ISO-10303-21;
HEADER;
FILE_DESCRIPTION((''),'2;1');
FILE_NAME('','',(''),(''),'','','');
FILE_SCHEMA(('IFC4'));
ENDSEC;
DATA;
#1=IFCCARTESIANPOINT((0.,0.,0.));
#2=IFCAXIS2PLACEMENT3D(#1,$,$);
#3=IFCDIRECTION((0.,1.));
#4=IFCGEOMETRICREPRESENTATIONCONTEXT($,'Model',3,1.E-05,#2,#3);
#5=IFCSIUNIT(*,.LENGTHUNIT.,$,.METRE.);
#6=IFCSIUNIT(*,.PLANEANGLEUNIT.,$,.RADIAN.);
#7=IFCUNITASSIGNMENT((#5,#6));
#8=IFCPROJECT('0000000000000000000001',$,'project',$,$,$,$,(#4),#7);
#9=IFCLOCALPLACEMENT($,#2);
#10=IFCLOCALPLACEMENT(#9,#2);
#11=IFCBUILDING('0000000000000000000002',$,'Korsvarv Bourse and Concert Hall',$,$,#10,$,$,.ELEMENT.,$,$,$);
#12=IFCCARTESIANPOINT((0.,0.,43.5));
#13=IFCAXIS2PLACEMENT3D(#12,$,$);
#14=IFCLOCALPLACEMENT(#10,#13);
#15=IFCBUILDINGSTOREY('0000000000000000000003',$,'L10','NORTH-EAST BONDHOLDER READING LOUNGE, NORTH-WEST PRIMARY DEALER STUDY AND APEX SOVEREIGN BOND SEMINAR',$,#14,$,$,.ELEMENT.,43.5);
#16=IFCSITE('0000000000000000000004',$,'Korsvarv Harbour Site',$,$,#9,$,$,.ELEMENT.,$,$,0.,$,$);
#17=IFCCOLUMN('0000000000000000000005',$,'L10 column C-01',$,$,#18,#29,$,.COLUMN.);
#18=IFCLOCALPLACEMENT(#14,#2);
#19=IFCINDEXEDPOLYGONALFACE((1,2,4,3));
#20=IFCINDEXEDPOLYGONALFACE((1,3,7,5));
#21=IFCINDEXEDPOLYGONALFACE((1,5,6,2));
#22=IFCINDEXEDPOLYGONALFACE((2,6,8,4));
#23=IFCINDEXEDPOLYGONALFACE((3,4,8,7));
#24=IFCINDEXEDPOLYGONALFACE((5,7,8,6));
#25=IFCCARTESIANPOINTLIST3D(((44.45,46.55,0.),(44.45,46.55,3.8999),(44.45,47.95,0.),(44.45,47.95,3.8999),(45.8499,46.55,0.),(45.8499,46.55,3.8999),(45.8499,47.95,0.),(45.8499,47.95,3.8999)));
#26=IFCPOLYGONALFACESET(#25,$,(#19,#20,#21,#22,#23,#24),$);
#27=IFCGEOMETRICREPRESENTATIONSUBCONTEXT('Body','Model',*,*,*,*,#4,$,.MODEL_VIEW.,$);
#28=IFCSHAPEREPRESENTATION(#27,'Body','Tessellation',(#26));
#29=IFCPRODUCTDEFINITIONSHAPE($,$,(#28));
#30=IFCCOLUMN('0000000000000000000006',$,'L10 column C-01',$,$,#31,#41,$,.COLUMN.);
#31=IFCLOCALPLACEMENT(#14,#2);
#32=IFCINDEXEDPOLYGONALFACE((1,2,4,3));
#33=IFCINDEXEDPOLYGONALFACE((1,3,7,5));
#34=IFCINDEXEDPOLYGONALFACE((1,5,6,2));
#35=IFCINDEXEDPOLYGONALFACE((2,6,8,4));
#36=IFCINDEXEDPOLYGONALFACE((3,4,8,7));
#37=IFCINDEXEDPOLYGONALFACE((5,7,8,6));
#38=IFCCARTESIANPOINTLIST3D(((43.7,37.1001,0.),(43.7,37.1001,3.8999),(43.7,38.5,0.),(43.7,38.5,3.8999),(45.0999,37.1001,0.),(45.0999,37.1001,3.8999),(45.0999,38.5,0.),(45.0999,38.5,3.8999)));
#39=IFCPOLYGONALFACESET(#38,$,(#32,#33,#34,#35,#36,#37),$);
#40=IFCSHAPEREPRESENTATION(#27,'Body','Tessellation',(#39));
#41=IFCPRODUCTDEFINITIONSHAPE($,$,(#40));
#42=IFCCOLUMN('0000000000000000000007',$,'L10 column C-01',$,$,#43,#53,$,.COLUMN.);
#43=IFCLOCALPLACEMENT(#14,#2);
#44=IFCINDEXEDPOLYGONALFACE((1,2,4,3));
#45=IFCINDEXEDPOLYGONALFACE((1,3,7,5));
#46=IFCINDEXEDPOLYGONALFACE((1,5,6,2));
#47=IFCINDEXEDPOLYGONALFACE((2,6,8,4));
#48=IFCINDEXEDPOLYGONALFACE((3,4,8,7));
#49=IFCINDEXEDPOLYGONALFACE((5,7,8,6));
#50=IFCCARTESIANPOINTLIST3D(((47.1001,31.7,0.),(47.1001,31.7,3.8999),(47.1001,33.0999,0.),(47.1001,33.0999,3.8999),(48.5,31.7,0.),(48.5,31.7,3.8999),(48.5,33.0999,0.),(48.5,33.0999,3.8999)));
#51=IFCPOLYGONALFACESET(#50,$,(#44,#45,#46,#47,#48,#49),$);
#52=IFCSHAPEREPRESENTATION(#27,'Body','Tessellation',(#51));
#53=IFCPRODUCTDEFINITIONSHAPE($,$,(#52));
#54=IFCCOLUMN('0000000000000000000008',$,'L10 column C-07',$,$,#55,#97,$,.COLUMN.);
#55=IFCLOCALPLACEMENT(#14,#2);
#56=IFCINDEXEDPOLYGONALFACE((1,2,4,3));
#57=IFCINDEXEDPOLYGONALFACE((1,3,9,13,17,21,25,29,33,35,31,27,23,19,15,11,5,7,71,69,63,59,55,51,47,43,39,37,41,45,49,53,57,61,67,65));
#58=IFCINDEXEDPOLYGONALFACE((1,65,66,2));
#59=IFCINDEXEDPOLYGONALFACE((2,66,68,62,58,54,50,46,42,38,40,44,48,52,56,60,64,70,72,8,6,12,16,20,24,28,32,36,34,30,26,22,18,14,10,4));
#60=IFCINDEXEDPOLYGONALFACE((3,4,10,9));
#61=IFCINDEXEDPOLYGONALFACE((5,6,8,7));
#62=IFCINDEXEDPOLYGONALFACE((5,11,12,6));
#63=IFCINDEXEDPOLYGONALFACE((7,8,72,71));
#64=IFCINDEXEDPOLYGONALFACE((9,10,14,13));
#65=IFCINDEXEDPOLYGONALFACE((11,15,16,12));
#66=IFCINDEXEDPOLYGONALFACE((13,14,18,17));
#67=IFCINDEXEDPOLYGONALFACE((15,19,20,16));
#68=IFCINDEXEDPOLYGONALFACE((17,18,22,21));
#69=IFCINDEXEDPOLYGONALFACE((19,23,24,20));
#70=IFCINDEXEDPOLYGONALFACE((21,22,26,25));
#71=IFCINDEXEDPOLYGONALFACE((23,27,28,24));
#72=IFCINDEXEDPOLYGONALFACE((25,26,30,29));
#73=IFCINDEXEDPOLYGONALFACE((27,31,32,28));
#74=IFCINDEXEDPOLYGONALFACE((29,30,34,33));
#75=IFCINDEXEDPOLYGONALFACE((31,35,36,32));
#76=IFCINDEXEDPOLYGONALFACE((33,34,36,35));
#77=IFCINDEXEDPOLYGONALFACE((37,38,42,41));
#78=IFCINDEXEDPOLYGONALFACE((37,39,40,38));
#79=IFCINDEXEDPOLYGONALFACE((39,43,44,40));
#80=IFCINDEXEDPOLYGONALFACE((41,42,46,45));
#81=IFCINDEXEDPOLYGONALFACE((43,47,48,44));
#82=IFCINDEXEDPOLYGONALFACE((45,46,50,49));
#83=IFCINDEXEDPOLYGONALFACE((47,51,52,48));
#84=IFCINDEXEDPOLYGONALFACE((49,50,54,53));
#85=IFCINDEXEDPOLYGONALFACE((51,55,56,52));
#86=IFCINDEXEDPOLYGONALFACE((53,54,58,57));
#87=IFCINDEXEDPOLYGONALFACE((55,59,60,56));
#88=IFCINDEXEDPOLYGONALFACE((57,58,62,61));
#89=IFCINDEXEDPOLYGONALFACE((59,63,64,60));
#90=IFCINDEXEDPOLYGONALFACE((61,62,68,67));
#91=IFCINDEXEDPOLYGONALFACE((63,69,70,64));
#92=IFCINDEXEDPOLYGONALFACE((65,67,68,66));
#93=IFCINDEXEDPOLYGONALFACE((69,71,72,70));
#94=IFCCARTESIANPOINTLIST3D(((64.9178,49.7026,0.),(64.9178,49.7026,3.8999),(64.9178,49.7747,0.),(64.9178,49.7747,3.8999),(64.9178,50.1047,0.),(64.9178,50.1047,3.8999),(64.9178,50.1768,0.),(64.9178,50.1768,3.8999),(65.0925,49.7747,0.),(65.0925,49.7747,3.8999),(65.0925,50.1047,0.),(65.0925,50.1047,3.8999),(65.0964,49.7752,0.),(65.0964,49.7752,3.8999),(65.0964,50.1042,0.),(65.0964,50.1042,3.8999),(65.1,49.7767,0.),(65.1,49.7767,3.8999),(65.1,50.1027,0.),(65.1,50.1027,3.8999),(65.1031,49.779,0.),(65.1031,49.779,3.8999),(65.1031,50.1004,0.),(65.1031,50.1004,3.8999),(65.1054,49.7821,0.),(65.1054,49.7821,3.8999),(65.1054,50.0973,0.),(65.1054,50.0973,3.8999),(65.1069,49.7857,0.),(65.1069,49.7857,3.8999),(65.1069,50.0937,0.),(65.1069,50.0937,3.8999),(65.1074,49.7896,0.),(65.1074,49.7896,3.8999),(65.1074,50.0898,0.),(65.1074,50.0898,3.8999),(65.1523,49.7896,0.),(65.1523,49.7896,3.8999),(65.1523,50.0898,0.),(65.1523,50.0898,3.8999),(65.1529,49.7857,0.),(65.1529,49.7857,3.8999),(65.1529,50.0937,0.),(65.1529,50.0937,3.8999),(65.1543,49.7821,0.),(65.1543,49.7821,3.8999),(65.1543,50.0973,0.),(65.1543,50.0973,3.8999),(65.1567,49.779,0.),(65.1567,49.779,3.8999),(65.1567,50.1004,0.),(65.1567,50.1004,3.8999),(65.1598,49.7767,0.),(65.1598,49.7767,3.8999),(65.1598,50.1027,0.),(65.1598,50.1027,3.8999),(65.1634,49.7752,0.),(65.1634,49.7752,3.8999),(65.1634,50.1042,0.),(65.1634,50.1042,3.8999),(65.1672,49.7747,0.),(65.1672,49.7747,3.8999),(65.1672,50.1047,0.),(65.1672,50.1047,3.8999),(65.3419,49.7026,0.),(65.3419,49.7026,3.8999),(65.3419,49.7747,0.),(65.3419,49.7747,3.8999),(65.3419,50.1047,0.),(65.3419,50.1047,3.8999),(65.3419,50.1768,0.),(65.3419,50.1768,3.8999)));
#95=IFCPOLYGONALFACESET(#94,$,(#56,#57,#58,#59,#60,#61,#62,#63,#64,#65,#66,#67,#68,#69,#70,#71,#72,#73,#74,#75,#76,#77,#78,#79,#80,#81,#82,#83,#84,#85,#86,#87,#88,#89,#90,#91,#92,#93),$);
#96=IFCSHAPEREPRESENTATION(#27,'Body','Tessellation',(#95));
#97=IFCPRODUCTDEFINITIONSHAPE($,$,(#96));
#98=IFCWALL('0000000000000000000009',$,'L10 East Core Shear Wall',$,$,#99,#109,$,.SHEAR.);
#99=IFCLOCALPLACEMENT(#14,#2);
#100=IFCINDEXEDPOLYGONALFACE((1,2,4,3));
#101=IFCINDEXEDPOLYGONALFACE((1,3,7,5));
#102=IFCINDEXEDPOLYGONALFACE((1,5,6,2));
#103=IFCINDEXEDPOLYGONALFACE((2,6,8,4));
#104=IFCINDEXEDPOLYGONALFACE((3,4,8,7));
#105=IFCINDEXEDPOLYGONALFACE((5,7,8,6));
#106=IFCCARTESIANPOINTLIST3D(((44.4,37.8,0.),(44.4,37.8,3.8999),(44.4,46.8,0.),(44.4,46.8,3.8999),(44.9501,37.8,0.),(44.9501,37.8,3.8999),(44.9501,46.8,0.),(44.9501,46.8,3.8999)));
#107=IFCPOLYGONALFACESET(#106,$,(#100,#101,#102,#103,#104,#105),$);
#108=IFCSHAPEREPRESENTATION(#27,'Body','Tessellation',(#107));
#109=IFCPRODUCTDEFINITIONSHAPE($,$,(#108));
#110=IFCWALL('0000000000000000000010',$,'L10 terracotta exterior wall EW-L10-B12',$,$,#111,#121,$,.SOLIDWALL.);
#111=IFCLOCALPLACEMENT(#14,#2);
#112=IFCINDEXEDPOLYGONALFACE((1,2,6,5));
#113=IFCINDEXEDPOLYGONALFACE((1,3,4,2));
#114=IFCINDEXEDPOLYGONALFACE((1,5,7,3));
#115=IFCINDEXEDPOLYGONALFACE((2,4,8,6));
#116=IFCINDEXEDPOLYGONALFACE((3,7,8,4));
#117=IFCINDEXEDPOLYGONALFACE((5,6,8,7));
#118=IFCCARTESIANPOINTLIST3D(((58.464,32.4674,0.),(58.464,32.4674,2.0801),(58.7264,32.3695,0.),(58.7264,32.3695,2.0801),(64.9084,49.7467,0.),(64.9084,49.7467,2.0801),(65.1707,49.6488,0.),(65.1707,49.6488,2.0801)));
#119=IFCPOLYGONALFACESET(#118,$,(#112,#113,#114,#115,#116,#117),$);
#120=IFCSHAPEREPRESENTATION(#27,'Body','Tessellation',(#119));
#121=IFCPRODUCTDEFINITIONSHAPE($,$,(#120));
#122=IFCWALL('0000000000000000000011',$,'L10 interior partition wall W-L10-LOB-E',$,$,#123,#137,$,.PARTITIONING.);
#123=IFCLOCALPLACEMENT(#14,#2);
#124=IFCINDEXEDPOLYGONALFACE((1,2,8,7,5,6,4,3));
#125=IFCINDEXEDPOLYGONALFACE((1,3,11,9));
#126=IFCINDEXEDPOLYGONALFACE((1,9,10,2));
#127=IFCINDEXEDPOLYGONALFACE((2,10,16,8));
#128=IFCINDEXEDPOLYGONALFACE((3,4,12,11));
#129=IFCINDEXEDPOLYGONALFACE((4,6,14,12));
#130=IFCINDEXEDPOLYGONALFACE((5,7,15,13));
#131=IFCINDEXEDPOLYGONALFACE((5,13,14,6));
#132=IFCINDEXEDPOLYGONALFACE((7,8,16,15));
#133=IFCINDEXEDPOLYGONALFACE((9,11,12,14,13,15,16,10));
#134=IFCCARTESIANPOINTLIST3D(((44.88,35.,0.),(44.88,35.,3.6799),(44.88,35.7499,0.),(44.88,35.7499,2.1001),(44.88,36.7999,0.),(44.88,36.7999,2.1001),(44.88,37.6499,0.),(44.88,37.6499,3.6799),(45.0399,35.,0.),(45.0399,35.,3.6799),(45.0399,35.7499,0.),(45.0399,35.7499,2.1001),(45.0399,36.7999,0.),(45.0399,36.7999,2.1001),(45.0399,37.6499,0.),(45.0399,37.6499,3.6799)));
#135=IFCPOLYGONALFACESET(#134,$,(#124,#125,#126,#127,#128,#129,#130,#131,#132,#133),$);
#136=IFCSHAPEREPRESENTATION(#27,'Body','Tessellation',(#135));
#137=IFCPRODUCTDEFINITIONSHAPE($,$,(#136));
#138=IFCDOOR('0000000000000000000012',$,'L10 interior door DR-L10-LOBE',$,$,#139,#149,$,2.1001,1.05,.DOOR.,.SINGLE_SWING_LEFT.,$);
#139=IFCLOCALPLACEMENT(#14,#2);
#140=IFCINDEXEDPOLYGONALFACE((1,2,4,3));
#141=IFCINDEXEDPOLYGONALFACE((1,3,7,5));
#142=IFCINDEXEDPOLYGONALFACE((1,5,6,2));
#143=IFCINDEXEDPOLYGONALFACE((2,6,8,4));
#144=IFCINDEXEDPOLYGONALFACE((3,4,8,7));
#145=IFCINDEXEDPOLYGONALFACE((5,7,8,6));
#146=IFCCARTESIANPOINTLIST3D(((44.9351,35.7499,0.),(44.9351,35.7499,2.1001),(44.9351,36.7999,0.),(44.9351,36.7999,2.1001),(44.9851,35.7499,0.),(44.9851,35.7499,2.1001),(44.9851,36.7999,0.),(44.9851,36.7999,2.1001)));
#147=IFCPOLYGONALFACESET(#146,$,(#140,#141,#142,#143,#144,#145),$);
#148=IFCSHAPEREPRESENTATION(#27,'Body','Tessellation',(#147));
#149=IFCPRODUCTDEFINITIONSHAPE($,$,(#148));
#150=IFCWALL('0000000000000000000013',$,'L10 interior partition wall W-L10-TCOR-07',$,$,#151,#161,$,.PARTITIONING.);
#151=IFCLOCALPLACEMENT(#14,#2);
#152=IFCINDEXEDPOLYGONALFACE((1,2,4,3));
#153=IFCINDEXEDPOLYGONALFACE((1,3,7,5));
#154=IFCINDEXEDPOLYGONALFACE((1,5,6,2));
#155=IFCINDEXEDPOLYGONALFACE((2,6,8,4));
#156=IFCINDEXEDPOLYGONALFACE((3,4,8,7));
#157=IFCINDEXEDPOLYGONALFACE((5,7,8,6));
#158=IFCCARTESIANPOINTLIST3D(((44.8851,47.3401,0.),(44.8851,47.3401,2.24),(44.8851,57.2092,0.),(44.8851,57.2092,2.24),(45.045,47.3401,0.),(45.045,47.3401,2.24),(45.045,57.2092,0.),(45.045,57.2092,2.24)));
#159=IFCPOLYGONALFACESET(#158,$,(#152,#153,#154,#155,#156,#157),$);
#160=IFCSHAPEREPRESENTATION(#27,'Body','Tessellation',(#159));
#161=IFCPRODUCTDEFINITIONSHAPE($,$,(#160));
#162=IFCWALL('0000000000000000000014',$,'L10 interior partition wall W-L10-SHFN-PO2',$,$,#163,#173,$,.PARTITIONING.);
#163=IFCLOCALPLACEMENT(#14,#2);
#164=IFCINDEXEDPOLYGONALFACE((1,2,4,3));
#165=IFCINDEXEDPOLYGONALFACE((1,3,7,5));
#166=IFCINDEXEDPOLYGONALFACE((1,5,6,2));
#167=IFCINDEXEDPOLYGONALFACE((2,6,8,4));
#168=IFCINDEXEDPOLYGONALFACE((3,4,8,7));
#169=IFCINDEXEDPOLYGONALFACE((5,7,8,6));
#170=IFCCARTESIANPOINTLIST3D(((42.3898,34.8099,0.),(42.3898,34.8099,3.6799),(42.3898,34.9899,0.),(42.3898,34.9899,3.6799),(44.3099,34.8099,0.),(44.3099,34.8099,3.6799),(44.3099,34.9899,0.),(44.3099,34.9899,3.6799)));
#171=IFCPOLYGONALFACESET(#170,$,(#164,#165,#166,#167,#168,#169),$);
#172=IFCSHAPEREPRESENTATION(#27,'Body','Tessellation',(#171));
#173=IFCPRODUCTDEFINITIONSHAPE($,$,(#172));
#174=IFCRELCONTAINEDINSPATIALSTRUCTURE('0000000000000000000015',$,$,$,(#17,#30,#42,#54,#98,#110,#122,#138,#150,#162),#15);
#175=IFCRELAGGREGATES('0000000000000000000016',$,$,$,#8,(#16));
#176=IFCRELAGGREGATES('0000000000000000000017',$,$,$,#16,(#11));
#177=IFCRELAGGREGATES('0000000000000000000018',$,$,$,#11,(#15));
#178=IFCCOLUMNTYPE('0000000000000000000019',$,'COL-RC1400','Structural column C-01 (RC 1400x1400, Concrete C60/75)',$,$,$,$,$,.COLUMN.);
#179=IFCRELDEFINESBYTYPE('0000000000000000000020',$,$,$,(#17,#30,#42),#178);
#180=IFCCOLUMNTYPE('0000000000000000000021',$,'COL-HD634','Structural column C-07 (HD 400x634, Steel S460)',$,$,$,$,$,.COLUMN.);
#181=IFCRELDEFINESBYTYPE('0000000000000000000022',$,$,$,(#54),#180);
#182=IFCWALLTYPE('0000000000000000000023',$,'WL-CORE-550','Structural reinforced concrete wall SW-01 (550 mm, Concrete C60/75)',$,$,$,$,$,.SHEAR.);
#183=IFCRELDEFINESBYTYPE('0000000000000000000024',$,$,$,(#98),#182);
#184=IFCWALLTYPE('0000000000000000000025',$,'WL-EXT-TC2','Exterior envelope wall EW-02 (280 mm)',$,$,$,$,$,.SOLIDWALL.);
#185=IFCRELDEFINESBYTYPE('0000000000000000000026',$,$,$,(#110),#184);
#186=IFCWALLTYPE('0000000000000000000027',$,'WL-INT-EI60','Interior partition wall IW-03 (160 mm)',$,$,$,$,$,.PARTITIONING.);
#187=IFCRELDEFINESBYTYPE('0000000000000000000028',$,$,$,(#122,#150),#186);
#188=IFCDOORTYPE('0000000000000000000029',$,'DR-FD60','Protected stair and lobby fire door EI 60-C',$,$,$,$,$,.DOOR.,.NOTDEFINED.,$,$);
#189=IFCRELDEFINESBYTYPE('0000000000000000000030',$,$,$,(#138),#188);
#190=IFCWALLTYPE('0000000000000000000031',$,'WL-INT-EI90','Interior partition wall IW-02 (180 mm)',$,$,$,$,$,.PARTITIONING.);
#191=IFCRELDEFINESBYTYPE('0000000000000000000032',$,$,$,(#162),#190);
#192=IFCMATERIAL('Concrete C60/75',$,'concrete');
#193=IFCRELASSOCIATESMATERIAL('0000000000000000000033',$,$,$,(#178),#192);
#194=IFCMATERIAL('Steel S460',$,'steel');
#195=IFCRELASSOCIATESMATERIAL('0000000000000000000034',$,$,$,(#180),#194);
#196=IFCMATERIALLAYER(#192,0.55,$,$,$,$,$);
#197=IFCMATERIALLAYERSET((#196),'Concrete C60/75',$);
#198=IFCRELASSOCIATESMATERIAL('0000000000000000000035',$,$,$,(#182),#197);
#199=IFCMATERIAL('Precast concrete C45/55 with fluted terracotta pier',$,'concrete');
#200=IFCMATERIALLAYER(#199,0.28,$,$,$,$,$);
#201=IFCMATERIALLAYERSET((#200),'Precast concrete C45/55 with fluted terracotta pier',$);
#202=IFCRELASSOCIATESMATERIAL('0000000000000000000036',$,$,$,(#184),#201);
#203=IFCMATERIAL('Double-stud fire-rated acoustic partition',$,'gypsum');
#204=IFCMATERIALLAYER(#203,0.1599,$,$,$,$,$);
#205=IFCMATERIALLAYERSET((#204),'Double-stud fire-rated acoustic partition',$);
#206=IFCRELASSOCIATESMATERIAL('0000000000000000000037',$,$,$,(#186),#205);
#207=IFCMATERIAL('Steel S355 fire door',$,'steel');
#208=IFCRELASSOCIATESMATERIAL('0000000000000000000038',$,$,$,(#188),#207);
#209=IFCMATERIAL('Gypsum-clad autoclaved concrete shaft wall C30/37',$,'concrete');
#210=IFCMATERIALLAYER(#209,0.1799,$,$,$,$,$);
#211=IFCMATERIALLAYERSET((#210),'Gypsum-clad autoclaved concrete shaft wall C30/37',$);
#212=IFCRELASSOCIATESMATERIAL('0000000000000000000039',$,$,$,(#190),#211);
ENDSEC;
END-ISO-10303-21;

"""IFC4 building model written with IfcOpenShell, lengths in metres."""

from ifc_helpers import new_model, si_unit, direction, frame, frame_2d, origin, origin_2d, place, context, subcontext, project, spatial, rectangle, i_section, extrude, source, transform, mapped, material, layer, layer_set, material_profile, profile_set, type_object, element, fill, save


model = new_model("IFC4")

# Units and contexts
model_context = context("Model", 3, precision=1e-05, world=origin(), true_north=direction((0.0, 1.0)))
body_context = subcontext(model_context, "Body", "Model", "MODEL_VIEW")
ifc_project = project(units=[si_unit("LENGTHUNIT", "METRE"), si_unit("PLANEANGLEUNIT", "RADIAN")], contexts=[model_context])

# Site, building, storey
site_placement = place(None, origin())
site = spatial("IfcSite", under=ifc_project, at=site_placement, Name="Korsvarv Harbour Site", CompositionType="ELEMENT", RefElevation=0.0)
building_placement = place(site_placement, origin())
building = spatial("IfcBuilding", under=site, at=building_placement, Name="Korsvarv Bourse and Concert Hall", CompositionType="ELEMENT")
storey_placement = place(building_placement, frame((0.0, 0.0, 43.5)))
storey = spatial("IfcBuildingStorey", under=building, at=storey_placement, Name="L10", Description="NORTH-EAST BONDHOLDER READING LOUNGE, NORTH-WEST PRIMARY DEALER STUDY AND APEX SOVEREIGN BOND SEMINAR", CompositionType="ELEMENT", Elevation=43.5)

# Columns
ifc_material_1 = material(Name="Concrete C60/75", Category="concrete")
ifc_material_profile_1 = material_profile(ifc_material_1, rectangle(XDim=1.3999, YDim=1.3999, at=origin_2d()), Name="RC 1400x1400")
ifc_profile_set_1 = profile_set([ifc_material_profile_1], Name="Concrete C60/75")
column_type_1 = type_object("IfcColumnType", Name="COL-RC1400", Description="Structural column C-01 (RC 1400x1400, Concrete C60/75)", PredefinedType="COLUMN", material=ifc_profile_set_1)
shared_shape_1 = source(origin(), body_context, "Body", "SweptSolid", [
    extrude(rectangle(XDim=1.3999, YDim=1.3999, at=origin_2d()), origin(), (0.0, 0.0, 1.0), 3.8999),
])
for number, where, z_axis, x_axis, name in (
    (1, (45.1499, 47.25, 0.0), (0.0, 0.0, 1.0), (1.0, 0.0, 0.0), "L10 column C-01"),
    (2, (44.3999, 37.8, 0.0), (0.0, 0.0, 1.0), (1.0, 0.0, 0.0), "L10 column C-01"),
    (3, (47.8, 32.3999, 0.0), (0.0, 0.0, 1.0), (1.0, 0.0, 0.0), "L10 column C-01"),
):
    element("IfcColumn", number, at=place(storey_placement, frame(where, z_axis=z_axis, x_axis=x_axis)), inside=storey, type_object=column_type_1, Name=name, PredefinedType="COLUMN", context=body_context, shape_type="MappedRepresentation", body=[
        mapped(shared_shape_1, transform((0.0, 0.0, 0.0), scale=1.0)),
    ])
ifc_material_2 = material(Name="Steel S460", Category="steel")
ifc_material_profile_2 = material_profile(ifc_material_2, i_section(OverallWidth=0.4241, OverallDepth=0.4741, WebThickness=0.0449, FlangeThickness=0.072, FilletRadius=0.0149, at=origin_2d()), Name="HD 400x634")
ifc_profile_set_2 = profile_set([ifc_material_profile_2], Name="Steel S460")
column_type_2 = type_object("IfcColumnType", Name="COL-HD634", Description="Structural column C-07 (HD 400x634, Steel S460)", PredefinedType="COLUMN", material=ifc_profile_set_2)
shared_shape_2 = source(origin(), body_context, "Body", "SweptSolid", [
    extrude(i_section(OverallWidth=0.4241, OverallDepth=0.4741, WebThickness=0.0449, FlangeThickness=0.072, FilletRadius=0.0149, at=origin_2d()), origin(), (0.0, 0.0, 1.0), 3.8999),
])
column_placement = place(storey_placement, frame((65.1299, 49.9397, 0.0), z_axis=(0.0, 0.0, 1.0), x_axis=(1.0, 0.0, 0.0)))
element("IfcColumn", 4, at=column_placement, inside=storey, type_object=column_type_2, Name="L10 column C-07", PredefinedType="COLUMN", context=body_context, shape_type="MappedRepresentation", body=[
    mapped(shared_shape_2, transform((0.0, 0.0, 0.0), scale=1.0)),
])

# Walls
ifc_layer_1 = layer(ifc_material_1, 0.55)
ifc_layer_set_1 = layer_set([ifc_layer_1], Name="Concrete C60/75")
wall_type_1 = type_object("IfcWallType", Name="WL-CORE-550", Description="Structural reinforced concrete wall SW-01 (550 mm, Concrete C60/75)", PredefinedType="SHEAR", material=ifc_layer_set_1)
wall_1_placement = place(storey_placement, frame((44.675, 37.8, 0.0), z_axis=(0.0, 0.0, 1.0), x_axis=(0.0, 1.0, 0.0)))
element("IfcWall", 5, at=wall_1_placement, inside=storey, type_object=wall_type_1, Name="L10 East Core Shear Wall", PredefinedType="SHEAR", context=body_context, shape_type="SweptSolid", body=[
    extrude(rectangle(XDim=9.0, YDim=0.55, at=frame_2d((4.5, 0.0))), origin(), (0.0, 0.0, 1.0), 3.8999),
])
ifc_material_3 = material(Name="Precast concrete C45/55 with fluted terracotta pier", Category="concrete")
ifc_layer_2 = layer(ifc_material_3, 0.28)
ifc_layer_set_2 = layer_set([ifc_layer_2], Name="Precast concrete C45/55 with fluted terracotta pier")
wall_type_2 = type_object("IfcWallType", Name="WL-EXT-TC2", Description="Exterior envelope wall EW-02 (280 mm)", PredefinedType="SOLIDWALL", material=ifc_layer_set_2)
wall_2_placement = place(storey_placement, frame((58.5952, 32.4185, 0.0), z_axis=(0.0, 0.0, 1.0), x_axis=(0.34944, 0.936959, 0.0)))
element("IfcWall", 6, at=wall_2_placement, inside=storey, type_object=wall_type_2, Name="L10 terracotta exterior wall EW-L10-B12", PredefinedType="SOLIDWALL", context=body_context, shape_type="SweptSolid", body=[
    extrude(rectangle(XDim=18.4419, YDim=0.28, at=frame_2d((9.2209, 0.0))), origin(), (0.0, 0.0, 1.0), 2.0801),
])

# Wall, opening, door
ifc_material_4 = material(Name="Double-stud fire-rated acoustic partition", Category="gypsum")
ifc_layer_3 = layer(ifc_material_4, 0.1599)
ifc_layer_set_3 = layer_set([ifc_layer_3], Name="Double-stud fire-rated acoustic partition")
wall_type_3 = type_object("IfcWallType", Name="WL-INT-EI60", Description="Interior partition wall IW-03 (160 mm)", PredefinedType="PARTITIONING", material=ifc_layer_set_3)
wall_3_placement = place(storey_placement, frame((44.96, 35.0, 0.0), z_axis=(0.0, 0.0, 1.0), x_axis=(0.0, 1.0, 0.0)))
wall_3 = element("IfcWall", 7, at=wall_3_placement, inside=storey, type_object=wall_type_3, Name="L10 interior partition wall W-L10-LOB-E", PredefinedType="PARTITIONING", context=body_context, shape_type="SweptSolid", body=[
    extrude(rectangle(XDim=2.6499, YDim=0.1599, at=frame_2d((1.325, 0.0))), origin(), (0.0, 0.0, 1.0), 3.6799),
])
opening_placement = place(wall_3_placement, frame((0.75, 0.0, 0.0)))
opening = element("IfcOpeningElement", 8, at=opening_placement, cuts=wall_3, PredefinedType="OPENING", context=body_context, shape_type="SweptSolid", body=[
    extrude(rectangle(XDim=1.05, YDim=2.1001, at=frame_2d((0.5249, 1.05))), frame((0.0, 0.0898, 0.0), z_axis=(0.0, -1.0, 0.0), x_axis=(1.0, 0.0, 0.0)), (0.0, 0.0, 1.0), 0.1799),
])
ifc_material_5 = material(Name="Steel S355 fire door", Category="steel")
door_type = type_object("IfcDoorType", Name="DR-FD60", Description="Protected stair and lobby fire door EI 60-C", OperationType="NOTDEFINED", PredefinedType="DOOR", material=ifc_material_5)
door_placement = place(opening_placement, origin())
door = element("IfcDoor", 9, at=door_placement, inside=storey, type_object=door_type, Name="L10 interior door DR-L10-LOBE", OperationType="SINGLE_SWING_LEFT", OverallHeight=2.1001, OverallWidth=1.05, PredefinedType="DOOR", context=body_context, shape_type="SweptSolid", body=[
    extrude(rectangle(XDim=1.05, YDim=2.1001, at=frame_2d((0.5249, 1.05))), frame((0.0, 0.0249, 0.0), z_axis=(0.0, -1.0, 0.0), x_axis=(1.0, 0.0, 0.0)), (0.0, 0.0, 1.0), 0.05),
])
fill(opening, door)

# Walls
wall_4_placement = place(storey_placement, frame((44.9651, 47.3401, 0.0), z_axis=(0.0, 0.0, 1.0), x_axis=(0.0, 1.0, 0.0)))
element("IfcWall", 10, at=wall_4_placement, inside=storey, type_object=wall_type_3, Name="L10 interior partition wall W-L10-TCOR-07", PredefinedType="PARTITIONING", context=body_context, shape_type="SweptSolid", body=[
    extrude(rectangle(XDim=9.8691, YDim=0.1599, at=frame_2d((4.9346, 0.0))), origin(), (0.0, 0.0, 1.0), 2.24),
])
ifc_material_6 = material(Name="Gypsum-clad autoclaved concrete shaft wall C30/37", Category="concrete")
ifc_layer_4 = layer(ifc_material_6, 0.1799)
ifc_layer_set_4 = layer_set([ifc_layer_4], Name="Gypsum-clad autoclaved concrete shaft wall C30/37")
wall_type_4 = type_object("IfcWallType", Name="WL-INT-EI90", Description="Interior partition wall IW-02 (180 mm)", PredefinedType="PARTITIONING", material=ifc_layer_set_4)
wall_5_placement = place(storey_placement, frame((42.3899, 34.8999, 0.0), z_axis=(0.0, 0.0, 1.0), x_axis=(1.0, 0.0, 0.0)))
element("IfcWall", 11, at=wall_5_placement, inside=storey, type_object=wall_type_4, Name="L10 interior partition wall W-L10-SHFN-PO2", PredefinedType="PARTITIONING", context=body_context, shape_type="SweptSolid", body=[
    extrude(rectangle(XDim=1.9202, YDim=0.1799, at=frame_2d((0.96, 0.0))), origin(), (0.0, 0.0, 1.0), 3.6799),
])

save(model, "model.ifc")
